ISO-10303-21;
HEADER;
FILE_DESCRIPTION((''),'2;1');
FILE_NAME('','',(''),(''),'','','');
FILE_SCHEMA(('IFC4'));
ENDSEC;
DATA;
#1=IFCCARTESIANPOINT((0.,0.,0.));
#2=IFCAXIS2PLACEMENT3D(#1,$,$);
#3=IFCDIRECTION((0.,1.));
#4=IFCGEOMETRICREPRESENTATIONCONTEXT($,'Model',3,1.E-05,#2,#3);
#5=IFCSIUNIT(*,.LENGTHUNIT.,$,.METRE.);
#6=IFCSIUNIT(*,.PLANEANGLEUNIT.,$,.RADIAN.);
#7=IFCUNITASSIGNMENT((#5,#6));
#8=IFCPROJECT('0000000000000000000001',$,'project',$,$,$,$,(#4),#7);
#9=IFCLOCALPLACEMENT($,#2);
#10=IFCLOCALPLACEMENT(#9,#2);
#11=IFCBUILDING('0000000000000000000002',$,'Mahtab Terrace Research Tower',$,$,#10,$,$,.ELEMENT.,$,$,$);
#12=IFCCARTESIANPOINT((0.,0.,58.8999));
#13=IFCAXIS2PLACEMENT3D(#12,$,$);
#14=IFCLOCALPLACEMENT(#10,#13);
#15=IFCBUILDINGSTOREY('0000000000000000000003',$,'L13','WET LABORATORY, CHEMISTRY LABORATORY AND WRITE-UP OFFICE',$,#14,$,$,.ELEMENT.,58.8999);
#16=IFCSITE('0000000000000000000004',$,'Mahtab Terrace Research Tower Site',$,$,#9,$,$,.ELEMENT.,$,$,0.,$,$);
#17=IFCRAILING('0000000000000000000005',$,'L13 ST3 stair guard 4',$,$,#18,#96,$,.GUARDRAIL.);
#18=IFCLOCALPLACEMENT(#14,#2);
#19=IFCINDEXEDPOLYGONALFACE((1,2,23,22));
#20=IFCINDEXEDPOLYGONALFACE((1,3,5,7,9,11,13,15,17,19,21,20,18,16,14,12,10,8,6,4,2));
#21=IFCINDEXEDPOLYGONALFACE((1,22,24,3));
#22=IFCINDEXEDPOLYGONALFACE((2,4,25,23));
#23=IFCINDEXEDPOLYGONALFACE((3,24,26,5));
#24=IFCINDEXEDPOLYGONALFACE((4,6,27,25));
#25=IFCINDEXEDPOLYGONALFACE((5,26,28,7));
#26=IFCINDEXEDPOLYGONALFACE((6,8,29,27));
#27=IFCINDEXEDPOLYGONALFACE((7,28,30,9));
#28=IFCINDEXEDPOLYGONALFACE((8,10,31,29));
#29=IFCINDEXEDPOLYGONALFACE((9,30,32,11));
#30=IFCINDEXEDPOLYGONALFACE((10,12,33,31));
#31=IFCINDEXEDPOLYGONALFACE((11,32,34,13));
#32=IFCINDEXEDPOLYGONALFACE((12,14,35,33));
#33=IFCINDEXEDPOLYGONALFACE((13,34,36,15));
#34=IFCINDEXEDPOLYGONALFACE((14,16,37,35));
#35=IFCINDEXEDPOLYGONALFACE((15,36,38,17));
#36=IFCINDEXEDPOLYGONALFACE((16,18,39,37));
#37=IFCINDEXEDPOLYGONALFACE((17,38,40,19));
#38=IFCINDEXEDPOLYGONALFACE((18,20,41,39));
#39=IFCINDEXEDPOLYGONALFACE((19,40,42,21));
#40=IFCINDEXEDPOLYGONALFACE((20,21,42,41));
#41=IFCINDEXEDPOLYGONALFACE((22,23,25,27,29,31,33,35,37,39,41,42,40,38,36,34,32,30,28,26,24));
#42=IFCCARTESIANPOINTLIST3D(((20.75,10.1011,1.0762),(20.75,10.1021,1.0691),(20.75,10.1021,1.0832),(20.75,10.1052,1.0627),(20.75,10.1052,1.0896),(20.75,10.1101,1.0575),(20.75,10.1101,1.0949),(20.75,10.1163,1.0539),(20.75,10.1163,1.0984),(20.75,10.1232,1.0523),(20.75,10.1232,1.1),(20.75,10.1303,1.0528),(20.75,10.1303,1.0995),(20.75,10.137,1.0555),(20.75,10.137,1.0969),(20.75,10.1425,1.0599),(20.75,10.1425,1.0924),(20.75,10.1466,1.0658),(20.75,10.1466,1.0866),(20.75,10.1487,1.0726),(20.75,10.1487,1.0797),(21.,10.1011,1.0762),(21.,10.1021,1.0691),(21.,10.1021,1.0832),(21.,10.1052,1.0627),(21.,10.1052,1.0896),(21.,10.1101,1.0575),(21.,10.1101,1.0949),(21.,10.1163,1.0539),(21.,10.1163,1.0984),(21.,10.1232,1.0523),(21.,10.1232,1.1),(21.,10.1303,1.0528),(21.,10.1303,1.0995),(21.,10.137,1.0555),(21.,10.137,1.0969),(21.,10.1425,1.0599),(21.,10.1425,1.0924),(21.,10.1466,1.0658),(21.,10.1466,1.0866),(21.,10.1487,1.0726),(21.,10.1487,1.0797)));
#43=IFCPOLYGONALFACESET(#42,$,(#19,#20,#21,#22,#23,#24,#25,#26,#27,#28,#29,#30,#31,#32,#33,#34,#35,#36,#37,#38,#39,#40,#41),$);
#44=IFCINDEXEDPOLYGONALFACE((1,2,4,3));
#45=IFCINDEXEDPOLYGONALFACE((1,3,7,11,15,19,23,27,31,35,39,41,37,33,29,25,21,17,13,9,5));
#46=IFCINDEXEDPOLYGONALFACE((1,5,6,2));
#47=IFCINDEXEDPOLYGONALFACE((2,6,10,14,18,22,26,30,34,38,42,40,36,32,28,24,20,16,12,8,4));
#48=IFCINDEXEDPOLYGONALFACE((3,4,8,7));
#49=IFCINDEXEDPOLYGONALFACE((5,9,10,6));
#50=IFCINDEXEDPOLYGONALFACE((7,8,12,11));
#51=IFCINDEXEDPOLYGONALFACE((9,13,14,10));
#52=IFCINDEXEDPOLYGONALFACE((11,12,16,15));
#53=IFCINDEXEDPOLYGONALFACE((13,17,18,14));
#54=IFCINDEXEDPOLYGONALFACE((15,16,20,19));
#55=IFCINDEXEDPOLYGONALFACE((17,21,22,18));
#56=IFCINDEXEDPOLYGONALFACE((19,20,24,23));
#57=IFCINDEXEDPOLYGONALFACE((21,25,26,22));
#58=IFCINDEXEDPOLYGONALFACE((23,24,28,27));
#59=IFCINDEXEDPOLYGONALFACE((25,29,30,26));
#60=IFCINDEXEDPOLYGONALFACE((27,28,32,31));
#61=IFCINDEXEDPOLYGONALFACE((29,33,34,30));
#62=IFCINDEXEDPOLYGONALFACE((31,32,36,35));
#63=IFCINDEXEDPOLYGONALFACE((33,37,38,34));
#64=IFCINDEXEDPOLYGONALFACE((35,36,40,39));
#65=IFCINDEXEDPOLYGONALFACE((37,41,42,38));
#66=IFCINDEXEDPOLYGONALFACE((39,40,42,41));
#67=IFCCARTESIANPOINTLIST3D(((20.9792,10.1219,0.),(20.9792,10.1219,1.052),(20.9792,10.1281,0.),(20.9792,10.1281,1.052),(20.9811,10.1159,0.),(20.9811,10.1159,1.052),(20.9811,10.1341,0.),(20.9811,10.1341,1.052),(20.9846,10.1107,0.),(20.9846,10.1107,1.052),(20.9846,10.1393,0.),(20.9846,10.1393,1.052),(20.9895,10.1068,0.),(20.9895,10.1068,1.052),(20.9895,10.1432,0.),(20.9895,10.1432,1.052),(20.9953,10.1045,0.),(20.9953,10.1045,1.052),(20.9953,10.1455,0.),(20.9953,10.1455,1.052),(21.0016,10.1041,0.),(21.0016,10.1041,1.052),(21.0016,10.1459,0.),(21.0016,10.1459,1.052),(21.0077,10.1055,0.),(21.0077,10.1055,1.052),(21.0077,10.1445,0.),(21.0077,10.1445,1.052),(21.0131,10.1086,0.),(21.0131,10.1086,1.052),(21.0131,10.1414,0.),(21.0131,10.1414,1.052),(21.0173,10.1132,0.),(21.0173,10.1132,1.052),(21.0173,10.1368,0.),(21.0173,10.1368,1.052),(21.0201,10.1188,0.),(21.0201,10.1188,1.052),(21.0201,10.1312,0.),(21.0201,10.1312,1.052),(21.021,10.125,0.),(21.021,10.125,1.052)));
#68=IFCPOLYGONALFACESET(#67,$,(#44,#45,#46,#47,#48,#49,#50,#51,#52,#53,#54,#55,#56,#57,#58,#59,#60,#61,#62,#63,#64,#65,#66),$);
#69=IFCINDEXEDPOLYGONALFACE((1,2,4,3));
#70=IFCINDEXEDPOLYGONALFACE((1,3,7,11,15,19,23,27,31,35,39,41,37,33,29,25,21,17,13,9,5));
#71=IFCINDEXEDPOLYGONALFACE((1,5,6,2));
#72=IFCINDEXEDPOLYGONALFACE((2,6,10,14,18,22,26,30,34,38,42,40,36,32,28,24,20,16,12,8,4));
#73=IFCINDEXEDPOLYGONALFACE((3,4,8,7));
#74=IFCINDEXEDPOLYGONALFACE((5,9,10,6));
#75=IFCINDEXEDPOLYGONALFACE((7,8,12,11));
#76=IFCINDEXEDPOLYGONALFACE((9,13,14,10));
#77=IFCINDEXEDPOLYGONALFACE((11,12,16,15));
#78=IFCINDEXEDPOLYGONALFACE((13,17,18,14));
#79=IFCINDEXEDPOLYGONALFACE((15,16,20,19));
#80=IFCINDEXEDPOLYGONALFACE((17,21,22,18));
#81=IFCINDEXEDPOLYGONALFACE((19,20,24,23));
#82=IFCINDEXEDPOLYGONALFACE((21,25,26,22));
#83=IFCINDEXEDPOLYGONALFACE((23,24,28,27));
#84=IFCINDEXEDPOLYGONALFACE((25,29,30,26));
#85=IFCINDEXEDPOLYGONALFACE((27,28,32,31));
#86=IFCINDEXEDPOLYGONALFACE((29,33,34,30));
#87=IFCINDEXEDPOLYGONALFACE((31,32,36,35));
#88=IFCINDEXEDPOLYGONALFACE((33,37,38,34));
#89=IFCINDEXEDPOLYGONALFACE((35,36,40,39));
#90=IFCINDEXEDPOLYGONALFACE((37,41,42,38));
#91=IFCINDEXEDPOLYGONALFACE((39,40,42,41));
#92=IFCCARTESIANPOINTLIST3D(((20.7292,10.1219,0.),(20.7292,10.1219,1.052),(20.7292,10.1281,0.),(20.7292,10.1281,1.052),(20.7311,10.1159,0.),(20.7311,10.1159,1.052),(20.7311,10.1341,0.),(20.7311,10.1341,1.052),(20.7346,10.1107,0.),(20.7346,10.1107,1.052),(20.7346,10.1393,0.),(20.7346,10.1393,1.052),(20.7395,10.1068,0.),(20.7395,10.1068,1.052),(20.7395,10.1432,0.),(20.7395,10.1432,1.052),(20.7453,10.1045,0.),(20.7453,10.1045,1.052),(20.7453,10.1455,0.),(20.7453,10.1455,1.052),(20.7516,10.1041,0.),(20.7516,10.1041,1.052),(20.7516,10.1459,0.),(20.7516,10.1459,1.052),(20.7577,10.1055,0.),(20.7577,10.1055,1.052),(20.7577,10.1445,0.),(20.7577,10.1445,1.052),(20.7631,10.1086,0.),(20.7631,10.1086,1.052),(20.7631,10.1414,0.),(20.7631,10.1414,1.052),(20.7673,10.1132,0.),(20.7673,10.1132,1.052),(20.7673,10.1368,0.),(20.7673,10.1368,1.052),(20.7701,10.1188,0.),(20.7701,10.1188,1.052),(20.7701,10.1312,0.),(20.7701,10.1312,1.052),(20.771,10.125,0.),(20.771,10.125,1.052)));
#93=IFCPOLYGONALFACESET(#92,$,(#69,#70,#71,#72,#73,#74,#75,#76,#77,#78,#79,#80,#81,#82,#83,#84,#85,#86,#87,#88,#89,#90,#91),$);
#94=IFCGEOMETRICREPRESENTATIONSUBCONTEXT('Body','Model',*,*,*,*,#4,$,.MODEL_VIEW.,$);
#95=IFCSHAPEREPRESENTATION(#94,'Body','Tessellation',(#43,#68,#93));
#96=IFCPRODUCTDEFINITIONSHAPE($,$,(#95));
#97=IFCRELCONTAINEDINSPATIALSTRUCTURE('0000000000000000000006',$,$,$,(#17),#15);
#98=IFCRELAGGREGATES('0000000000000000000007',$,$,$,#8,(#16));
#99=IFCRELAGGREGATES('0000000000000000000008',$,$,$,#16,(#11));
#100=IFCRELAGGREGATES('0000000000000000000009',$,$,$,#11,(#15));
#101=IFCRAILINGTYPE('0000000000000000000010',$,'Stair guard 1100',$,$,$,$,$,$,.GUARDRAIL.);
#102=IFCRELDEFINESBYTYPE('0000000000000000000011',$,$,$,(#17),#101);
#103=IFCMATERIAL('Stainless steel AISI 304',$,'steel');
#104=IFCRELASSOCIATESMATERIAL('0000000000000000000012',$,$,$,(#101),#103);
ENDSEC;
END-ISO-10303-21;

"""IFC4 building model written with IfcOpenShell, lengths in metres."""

from ifc_helpers import new_model, si_unit, direction, frame, origin, origin_2d, place, context, subcontext, project, spatial, circle, extrude, material, type_object, element, save


model = new_model("IFC4")

# Units and contexts
model_context = context("Model", 3, precision=1e-05, world=origin(), true_north=direction((0.0, 1.0)))
body_context = subcontext(model_context, "Body", "Model", "MODEL_VIEW")
ifc_project = project(units=[si_unit("LENGTHUNIT", "METRE"), si_unit("PLANEANGLEUNIT", "RADIAN")], contexts=[model_context])

# Site, building, storey
site_placement = place(None, origin())
site = spatial("IfcSite", under=ifc_project, at=site_placement, Name="Mahtab Terrace Research Tower Site", CompositionType="ELEMENT", RefElevation=0.0)
building_placement = place(site_placement, origin())
building = spatial("IfcBuilding", under=site, at=building_placement, Name="Mahtab Terrace Research Tower", CompositionType="ELEMENT")
storey_placement = place(building_placement, frame((0.0, 0.0, 58.8999)))
storey = spatial("IfcBuildingStorey", under=building, at=storey_placement, Name="L13", Description="WET LABORATORY, CHEMISTRY LABORATORY AND WRITE-UP OFFICE", CompositionType="ELEMENT", Elevation=58.8999)

# Railing
ifc_material_1 = material(Name="Stainless steel AISI 304", Category="steel")
railing_type_1 = type_object("IfcRailingType", Name="Stair guard 1100", PredefinedType="GUARDRAIL", material=ifc_material_1)
railing_1_placement = place(storey_placement, frame((21.0, 10.125, 0.0)))
element("IfcRailing", 1, at=railing_1_placement, inside=storey, type_object=railing_type_1, Name="L13 ST3 stair guard 4", PredefinedType="GUARDRAIL", context=body_context, shape_type="SweptSolid", body=[
    extrude(circle(Radius=0.0239, at=origin_2d()), frame((0.0, 0.0, 1.0762), z_axis=(-1.0, 0.0, 0.0), x_axis=(0.0, -1.0, 0.0)), (0.0, 0.0, 1.0), 0.25),
    extrude(circle(Radius=0.021, at=origin_2d()), origin(), (0.0, 0.0, 1.0), 1.052),
    extrude(circle(Radius=0.021, at=origin_2d()), frame((-0.25, 0.0, 0.0)), (0.0, 0.0, 1.0), 1.052),
])

save(model, "model.ifc")
